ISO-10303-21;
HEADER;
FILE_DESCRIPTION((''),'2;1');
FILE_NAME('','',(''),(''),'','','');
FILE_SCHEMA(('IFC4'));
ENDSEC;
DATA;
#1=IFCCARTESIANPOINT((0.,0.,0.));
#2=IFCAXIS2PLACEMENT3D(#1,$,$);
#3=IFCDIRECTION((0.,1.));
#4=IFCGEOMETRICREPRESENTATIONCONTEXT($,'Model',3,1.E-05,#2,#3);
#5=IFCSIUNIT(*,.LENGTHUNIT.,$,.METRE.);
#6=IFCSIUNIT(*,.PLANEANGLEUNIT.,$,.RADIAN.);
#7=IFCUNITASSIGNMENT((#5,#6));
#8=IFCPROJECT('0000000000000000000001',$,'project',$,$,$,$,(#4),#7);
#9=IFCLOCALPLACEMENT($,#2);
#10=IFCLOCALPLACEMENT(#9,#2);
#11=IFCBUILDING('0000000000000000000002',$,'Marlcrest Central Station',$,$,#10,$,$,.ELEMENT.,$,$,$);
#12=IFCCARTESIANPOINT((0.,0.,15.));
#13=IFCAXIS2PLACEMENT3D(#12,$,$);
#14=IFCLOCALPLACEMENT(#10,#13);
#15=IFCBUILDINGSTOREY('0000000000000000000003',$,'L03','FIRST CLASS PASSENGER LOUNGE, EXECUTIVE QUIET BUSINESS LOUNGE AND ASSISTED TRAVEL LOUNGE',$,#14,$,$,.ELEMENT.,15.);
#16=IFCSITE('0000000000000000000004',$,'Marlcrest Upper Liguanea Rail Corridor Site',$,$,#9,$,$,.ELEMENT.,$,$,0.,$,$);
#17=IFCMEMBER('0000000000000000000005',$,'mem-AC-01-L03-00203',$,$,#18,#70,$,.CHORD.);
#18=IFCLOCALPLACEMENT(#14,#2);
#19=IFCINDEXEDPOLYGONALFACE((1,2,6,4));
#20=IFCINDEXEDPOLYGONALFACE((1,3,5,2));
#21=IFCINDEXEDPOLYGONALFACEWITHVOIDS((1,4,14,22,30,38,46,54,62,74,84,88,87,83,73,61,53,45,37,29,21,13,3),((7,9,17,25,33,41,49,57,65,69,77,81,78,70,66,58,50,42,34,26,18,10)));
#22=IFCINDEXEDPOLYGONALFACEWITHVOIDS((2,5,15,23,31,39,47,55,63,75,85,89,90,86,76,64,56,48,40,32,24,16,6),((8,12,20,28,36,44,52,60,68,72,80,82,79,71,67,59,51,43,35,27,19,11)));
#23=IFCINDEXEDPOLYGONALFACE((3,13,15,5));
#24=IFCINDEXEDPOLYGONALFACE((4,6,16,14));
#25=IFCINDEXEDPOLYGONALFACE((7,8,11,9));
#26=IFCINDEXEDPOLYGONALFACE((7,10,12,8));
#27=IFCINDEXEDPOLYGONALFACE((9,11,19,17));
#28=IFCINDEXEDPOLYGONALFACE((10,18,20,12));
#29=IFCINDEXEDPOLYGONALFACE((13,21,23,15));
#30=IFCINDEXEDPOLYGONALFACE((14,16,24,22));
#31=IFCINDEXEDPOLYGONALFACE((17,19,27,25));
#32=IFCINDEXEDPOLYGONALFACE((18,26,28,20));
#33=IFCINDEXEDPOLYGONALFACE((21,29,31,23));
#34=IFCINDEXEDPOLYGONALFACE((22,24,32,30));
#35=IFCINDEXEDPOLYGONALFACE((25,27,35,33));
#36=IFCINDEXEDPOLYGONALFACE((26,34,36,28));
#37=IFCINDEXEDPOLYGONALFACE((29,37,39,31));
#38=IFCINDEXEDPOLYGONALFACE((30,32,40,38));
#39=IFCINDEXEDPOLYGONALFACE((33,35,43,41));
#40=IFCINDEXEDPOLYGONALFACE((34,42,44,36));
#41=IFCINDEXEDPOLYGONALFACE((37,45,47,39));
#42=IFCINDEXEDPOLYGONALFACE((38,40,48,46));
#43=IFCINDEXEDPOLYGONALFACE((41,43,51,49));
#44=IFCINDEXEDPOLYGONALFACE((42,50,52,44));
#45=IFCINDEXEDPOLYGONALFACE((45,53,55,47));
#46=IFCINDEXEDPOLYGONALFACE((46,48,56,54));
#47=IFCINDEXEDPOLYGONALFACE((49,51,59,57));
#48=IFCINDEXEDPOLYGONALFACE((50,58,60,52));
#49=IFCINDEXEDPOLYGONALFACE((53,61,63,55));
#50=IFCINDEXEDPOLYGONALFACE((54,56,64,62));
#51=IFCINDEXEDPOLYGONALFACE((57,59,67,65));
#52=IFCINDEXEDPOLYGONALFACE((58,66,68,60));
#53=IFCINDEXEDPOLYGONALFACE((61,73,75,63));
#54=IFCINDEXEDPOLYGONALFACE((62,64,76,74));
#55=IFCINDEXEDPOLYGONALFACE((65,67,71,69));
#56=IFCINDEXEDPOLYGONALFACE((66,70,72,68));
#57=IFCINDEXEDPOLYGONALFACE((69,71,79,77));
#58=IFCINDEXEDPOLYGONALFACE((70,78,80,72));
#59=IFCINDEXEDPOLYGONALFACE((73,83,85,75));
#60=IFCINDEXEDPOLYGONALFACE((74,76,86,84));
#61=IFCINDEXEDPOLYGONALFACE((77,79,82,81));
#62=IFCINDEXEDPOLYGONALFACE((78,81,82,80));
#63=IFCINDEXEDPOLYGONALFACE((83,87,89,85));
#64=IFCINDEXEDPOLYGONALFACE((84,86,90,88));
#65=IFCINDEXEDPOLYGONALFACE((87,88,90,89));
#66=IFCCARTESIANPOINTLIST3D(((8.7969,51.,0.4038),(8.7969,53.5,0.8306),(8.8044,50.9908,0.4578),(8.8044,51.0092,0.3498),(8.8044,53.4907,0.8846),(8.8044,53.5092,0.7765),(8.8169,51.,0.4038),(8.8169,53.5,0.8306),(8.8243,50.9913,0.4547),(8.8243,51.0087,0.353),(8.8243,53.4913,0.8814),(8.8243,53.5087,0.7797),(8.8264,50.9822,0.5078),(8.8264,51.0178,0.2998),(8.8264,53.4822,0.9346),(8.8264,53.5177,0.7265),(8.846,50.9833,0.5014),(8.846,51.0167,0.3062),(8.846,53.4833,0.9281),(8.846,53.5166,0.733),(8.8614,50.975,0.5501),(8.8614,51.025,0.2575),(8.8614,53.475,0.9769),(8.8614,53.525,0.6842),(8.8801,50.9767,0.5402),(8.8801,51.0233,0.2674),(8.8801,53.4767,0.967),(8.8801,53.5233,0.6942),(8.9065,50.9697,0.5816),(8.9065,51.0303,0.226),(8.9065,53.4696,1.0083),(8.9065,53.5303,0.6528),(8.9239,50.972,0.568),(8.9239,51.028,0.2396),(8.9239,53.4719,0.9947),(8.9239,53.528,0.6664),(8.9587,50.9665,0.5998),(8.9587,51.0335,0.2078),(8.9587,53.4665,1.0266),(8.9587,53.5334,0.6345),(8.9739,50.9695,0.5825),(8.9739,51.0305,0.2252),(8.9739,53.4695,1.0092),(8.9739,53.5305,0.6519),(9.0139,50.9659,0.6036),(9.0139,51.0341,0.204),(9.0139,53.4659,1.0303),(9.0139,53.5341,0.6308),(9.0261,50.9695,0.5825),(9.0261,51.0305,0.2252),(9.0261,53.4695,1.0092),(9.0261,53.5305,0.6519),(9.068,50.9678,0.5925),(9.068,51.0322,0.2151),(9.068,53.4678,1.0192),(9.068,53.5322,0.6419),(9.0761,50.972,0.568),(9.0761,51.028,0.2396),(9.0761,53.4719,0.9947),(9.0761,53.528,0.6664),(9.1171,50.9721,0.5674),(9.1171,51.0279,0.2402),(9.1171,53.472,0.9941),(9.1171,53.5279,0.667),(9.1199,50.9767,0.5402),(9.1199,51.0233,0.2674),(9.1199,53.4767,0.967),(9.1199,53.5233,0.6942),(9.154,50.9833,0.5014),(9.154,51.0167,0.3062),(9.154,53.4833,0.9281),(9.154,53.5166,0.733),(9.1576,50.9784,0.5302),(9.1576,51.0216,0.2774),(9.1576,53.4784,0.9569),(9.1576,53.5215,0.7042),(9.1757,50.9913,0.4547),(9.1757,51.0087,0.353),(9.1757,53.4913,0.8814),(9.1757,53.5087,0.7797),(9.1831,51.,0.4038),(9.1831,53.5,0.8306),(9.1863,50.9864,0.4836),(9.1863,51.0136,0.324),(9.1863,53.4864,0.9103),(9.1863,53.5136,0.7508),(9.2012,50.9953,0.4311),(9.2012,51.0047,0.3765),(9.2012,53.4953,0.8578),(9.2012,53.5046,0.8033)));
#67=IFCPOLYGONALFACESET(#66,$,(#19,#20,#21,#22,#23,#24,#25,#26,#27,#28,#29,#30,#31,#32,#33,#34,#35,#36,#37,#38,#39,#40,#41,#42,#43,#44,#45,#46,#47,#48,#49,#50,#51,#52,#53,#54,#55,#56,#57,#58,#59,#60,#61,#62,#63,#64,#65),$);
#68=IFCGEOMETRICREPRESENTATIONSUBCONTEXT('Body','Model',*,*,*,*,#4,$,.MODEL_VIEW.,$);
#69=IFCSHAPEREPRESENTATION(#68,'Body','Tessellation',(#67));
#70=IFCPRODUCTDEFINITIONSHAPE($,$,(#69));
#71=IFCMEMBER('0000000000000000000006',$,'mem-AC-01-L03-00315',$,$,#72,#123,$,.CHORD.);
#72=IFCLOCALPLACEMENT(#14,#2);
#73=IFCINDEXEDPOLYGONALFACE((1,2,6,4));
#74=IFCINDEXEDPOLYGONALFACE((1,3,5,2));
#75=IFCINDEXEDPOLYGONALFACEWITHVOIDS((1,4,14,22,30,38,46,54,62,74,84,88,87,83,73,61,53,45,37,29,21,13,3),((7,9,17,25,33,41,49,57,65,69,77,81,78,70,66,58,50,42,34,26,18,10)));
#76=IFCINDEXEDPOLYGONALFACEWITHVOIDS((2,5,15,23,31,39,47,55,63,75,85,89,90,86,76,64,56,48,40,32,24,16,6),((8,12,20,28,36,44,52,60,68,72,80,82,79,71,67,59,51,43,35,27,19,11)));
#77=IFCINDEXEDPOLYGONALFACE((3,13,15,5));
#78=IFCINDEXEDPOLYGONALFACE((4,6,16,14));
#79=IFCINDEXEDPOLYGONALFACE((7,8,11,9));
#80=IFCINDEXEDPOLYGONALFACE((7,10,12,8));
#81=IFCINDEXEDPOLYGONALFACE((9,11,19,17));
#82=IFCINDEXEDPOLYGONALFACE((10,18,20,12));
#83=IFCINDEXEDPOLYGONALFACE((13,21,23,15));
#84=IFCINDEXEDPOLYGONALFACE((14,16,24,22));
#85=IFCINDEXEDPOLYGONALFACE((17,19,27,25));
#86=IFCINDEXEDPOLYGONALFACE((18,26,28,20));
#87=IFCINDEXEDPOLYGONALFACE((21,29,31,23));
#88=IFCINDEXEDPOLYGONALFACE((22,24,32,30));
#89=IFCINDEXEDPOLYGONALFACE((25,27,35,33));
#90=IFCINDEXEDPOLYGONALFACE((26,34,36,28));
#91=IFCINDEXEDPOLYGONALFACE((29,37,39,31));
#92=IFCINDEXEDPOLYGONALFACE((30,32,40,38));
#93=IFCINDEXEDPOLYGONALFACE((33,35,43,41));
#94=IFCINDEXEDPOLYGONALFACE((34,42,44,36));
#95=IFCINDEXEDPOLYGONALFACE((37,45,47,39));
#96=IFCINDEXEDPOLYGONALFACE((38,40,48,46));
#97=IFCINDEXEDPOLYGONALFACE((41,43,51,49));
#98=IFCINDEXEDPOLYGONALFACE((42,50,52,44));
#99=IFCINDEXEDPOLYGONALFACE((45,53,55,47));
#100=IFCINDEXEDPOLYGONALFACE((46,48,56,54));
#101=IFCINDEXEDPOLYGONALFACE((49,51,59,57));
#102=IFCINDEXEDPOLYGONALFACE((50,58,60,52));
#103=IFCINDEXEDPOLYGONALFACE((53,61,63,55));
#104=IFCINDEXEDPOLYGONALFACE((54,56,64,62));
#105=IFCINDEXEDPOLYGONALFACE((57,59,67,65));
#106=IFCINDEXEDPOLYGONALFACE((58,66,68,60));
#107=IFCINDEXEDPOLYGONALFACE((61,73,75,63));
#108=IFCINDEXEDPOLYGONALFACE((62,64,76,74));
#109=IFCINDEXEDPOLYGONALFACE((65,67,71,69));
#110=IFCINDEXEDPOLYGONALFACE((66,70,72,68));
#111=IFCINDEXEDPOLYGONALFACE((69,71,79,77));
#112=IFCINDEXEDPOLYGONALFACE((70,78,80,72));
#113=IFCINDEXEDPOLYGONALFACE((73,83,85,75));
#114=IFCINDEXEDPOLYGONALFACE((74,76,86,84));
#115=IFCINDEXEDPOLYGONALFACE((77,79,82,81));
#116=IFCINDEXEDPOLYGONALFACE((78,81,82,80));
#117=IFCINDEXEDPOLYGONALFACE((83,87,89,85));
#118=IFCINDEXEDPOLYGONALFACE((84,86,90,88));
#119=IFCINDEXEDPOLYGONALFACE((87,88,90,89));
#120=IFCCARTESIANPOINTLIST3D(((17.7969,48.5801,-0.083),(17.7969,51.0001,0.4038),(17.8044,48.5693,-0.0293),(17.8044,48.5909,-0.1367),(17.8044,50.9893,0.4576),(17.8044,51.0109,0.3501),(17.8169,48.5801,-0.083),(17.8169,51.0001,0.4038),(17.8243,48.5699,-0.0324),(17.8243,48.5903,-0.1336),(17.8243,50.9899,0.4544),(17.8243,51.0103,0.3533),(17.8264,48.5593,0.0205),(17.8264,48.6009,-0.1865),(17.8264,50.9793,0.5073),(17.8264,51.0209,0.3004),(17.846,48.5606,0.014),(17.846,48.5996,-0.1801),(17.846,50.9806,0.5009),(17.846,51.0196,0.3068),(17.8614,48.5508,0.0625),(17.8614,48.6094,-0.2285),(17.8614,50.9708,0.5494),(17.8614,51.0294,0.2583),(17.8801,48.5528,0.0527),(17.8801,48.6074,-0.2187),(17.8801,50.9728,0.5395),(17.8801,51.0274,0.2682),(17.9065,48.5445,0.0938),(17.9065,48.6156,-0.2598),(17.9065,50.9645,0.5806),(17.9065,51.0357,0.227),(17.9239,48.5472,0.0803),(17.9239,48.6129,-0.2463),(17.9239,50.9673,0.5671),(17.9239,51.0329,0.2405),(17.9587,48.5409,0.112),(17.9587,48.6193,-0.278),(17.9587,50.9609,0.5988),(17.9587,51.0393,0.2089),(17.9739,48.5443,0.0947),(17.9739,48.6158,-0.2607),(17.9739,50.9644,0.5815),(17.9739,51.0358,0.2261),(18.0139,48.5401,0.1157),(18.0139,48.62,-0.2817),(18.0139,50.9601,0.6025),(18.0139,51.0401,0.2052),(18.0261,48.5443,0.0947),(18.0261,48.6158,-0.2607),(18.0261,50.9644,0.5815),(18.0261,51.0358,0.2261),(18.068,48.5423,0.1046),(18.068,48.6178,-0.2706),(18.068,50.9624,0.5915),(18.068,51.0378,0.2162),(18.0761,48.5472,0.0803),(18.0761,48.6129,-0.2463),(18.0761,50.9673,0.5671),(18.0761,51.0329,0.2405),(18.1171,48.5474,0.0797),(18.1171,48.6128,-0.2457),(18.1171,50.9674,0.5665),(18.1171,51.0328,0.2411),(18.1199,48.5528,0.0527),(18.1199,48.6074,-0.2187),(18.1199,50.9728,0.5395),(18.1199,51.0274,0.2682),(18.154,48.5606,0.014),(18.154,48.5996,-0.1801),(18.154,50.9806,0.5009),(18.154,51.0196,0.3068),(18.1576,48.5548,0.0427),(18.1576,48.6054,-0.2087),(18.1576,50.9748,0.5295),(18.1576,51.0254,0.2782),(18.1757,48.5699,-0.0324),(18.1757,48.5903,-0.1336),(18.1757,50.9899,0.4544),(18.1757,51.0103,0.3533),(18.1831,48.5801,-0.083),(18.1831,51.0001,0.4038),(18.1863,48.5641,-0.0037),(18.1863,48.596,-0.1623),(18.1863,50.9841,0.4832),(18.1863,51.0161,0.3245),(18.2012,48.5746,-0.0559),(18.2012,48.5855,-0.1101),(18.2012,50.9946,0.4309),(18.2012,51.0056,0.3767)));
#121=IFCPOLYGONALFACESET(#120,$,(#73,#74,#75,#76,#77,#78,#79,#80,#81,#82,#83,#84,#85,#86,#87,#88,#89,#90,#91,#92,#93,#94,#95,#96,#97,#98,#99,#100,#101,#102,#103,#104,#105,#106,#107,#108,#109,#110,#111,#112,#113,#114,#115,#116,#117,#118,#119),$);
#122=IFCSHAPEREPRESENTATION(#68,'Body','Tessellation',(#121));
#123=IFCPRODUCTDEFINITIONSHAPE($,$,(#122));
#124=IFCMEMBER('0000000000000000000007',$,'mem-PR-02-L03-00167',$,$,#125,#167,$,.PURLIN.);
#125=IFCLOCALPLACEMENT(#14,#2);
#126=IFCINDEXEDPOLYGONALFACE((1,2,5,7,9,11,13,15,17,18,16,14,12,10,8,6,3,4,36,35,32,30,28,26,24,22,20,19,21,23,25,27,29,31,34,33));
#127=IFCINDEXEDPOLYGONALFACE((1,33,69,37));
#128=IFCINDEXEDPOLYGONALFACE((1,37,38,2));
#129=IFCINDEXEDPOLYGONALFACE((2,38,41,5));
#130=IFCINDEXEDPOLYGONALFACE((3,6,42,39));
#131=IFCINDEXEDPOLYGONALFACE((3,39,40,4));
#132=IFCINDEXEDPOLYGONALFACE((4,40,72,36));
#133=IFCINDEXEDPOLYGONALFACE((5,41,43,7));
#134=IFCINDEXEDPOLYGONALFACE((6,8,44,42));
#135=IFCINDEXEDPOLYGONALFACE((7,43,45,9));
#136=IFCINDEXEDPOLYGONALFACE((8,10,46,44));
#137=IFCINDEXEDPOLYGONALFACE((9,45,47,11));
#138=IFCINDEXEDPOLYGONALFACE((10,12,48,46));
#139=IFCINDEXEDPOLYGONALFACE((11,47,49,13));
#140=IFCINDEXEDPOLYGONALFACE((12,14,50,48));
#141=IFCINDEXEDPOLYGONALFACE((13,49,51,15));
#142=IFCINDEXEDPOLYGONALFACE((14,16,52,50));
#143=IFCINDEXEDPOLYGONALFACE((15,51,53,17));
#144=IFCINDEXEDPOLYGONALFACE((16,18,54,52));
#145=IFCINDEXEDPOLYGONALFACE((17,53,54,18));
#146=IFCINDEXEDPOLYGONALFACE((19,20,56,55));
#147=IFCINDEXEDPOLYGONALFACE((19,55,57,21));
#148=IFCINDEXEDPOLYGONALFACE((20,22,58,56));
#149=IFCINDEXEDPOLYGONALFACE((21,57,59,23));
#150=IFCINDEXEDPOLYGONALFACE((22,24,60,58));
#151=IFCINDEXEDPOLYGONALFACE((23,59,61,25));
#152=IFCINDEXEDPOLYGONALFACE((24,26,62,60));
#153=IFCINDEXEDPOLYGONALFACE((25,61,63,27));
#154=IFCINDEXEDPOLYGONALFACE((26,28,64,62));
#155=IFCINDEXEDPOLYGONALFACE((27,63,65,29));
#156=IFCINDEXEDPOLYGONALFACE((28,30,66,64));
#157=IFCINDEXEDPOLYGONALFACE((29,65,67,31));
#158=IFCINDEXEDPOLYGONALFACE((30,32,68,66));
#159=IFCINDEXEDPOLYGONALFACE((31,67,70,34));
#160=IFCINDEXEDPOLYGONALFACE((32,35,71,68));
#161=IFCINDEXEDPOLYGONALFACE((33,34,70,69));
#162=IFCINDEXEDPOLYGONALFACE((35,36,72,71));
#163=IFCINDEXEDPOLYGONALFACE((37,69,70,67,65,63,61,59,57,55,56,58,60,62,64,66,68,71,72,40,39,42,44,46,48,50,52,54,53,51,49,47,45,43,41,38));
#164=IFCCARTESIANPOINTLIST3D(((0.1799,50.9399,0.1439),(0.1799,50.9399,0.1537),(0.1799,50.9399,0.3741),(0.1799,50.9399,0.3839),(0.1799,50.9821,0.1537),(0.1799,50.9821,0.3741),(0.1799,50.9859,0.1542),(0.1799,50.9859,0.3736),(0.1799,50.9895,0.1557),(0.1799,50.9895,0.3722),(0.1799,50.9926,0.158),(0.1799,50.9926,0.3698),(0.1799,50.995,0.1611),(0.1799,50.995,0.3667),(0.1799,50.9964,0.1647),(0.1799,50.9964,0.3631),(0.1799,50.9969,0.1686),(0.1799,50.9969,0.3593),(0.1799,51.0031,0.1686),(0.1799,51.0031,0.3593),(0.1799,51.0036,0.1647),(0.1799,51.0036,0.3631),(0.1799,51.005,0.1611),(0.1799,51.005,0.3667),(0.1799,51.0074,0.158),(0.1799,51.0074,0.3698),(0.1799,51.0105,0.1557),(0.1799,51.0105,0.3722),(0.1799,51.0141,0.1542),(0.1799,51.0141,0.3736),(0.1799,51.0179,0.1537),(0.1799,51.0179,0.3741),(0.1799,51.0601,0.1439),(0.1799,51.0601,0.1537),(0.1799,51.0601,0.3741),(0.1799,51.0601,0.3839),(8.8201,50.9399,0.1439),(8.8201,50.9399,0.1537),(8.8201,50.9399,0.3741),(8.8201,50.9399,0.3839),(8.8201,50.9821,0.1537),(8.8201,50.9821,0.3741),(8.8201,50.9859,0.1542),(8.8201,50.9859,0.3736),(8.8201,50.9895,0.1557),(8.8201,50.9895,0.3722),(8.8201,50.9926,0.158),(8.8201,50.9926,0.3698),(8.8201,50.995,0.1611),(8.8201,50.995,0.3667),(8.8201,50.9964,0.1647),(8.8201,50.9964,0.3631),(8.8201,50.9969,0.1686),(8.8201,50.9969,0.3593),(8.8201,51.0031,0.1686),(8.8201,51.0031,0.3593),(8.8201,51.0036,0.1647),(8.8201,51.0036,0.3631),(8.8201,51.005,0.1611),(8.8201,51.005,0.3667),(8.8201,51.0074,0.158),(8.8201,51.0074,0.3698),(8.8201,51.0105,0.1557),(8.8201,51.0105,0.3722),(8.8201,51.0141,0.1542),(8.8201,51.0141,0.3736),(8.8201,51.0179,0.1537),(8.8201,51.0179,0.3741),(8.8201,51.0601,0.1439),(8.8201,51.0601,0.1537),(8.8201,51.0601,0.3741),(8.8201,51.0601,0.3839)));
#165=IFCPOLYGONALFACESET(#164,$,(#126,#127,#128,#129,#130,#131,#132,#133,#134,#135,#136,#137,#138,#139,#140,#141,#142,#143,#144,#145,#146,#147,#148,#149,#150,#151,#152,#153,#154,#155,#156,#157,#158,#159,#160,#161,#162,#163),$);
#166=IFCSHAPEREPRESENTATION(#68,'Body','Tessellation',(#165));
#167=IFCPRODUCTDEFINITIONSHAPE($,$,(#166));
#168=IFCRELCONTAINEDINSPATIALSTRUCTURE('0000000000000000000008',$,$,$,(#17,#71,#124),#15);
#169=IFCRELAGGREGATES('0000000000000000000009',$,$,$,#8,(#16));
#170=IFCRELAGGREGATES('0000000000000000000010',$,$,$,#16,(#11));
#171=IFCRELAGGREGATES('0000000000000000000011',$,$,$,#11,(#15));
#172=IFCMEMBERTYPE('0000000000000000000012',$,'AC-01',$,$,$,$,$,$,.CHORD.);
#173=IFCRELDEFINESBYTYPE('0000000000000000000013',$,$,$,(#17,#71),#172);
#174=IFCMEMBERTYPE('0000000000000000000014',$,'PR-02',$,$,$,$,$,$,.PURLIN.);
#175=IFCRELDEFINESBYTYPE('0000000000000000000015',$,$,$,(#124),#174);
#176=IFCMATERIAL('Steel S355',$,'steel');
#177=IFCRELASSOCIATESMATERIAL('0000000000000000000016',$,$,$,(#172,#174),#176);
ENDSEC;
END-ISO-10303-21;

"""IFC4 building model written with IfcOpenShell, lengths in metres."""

from ifc_helpers import new_model, si_unit, direction, frame, origin, origin_2d, place, context, subcontext, project, spatial, hollow_circle, i_section, extrude, material, material_profile, profile_set, type_object, element, save


model = new_model("IFC4")

# Units and contexts
model_context = context("Model", 3, precision=1e-05, world=origin(), true_north=direction((0.0, 1.0)))
body_context = subcontext(model_context, "Body", "Model", "MODEL_VIEW")
ifc_project = project(units=[si_unit("LENGTHUNIT", "METRE"), si_unit("PLANEANGLEUNIT", "RADIAN")], contexts=[model_context])

# Site, building, storey
site_placement = place(None, origin())
site = spatial("IfcSite", under=ifc_project, at=site_placement, Name="Marlcrest Upper Liguanea Rail Corridor Site", CompositionType="ELEMENT", RefElevation=0.0)
building_placement = place(site_placement, origin())
building = spatial("IfcBuilding", under=site, at=building_placement, Name="Marlcrest Central Station", CompositionType="ELEMENT")
storey_placement = place(building_placement, frame((0.0, 0.0, 15.0)))
storey = spatial("IfcBuildingStorey", under=building, at=storey_placement, Name="L03", Description="FIRST CLASS PASSENGER LOUNGE, EXECUTIVE QUIET BUSINESS LOUNGE AND ASSISTED TRAVEL LOUNGE", CompositionType="ELEMENT", Elevation=15.0)

# Members
ifc_material_1 = material(Name="Steel S355", Category="steel")
ifc_material_profile_1 = material_profile(ifc_material_1, hollow_circle(Radius=0.2031, WallThickness=0.02, at=origin_2d()), Name="CHS 406.4x20")
ifc_profile_set_1 = profile_set([ifc_material_profile_1], Name="Steel S355")
member_type_1 = type_object("IfcMemberType", Name="AC-01", PredefinedType="CHORD", material=ifc_profile_set_1)
member_1_placement = place(storey_placement, frame((9.0, 51.0, 0.4038), z_axis=(0.0, 0.985741, 0.168269), x_axis=(-1.0, 0.0, 0.0)))
element("IfcMember", 1, at=member_1_placement, inside=storey, type_object=member_type_1, Name="mem-AC-01-L03-00203", PredefinedType="CHORD", context=body_context, shape_type="SweptSolid", body=[
    extrude(hollow_circle(Radius=0.2031, WallThickness=0.02, at=origin_2d()), origin(), (0.0, 0.0, 1.0), 2.5361),
])
member_2_placement = place(storey_placement, frame((18.0, 48.5801, -0.083), z_axis=(0.0, 0.980359, 0.197219), x_axis=(-1.0, 0.0, 0.0)))
element("IfcMember", 2, at=member_2_placement, inside=storey, type_object=member_type_1, Name="mem-AC-01-L03-00315", PredefinedType="CHORD", context=body_context, shape_type="SweptSolid", body=[
    extrude(hollow_circle(Radius=0.2031, WallThickness=0.02, at=origin_2d()), origin(), (0.0, 0.0, 1.0), 2.4685),
])
ifc_material_profile_2 = material_profile(ifc_material_1, i_section(OverallWidth=0.1201, OverallDepth=0.24, WebThickness=0.0061, FlangeThickness=0.0098, FilletRadius=0.0149, at=origin_2d()), Name="IPE 240")
ifc_profile_set_2 = profile_set([ifc_material_profile_2], Name="Steel S355")
member_type_2 = type_object("IfcMemberType", Name="PR-02", PredefinedType="PURLIN", material=ifc_profile_set_2)
for number, where, z_axis, x_axis, name in (
    (3, (0.1799, 51.0, 0.2639), (1.0, 0.0, 0.0), (0.0, 1.0, 0.0), "mem-PR-02-L03-00167"),
):
    element("IfcMember", number, at=place(storey_placement, frame(where, z_axis=z_axis, x_axis=x_axis)), inside=storey, type_object=member_type_2, Name=name, PredefinedType="PURLIN", context=body_context, shape_type="SweptSolid", body=[
        extrude(i_section(OverallWidth=0.1201, OverallDepth=0.24, WebThickness=0.0061, FlangeThickness=0.0098, FilletRadius=0.0149, at=origin_2d()), origin(), (0.0, 0.0, 1.0), 8.6401),
    ])

save(model, "model.ifc")
